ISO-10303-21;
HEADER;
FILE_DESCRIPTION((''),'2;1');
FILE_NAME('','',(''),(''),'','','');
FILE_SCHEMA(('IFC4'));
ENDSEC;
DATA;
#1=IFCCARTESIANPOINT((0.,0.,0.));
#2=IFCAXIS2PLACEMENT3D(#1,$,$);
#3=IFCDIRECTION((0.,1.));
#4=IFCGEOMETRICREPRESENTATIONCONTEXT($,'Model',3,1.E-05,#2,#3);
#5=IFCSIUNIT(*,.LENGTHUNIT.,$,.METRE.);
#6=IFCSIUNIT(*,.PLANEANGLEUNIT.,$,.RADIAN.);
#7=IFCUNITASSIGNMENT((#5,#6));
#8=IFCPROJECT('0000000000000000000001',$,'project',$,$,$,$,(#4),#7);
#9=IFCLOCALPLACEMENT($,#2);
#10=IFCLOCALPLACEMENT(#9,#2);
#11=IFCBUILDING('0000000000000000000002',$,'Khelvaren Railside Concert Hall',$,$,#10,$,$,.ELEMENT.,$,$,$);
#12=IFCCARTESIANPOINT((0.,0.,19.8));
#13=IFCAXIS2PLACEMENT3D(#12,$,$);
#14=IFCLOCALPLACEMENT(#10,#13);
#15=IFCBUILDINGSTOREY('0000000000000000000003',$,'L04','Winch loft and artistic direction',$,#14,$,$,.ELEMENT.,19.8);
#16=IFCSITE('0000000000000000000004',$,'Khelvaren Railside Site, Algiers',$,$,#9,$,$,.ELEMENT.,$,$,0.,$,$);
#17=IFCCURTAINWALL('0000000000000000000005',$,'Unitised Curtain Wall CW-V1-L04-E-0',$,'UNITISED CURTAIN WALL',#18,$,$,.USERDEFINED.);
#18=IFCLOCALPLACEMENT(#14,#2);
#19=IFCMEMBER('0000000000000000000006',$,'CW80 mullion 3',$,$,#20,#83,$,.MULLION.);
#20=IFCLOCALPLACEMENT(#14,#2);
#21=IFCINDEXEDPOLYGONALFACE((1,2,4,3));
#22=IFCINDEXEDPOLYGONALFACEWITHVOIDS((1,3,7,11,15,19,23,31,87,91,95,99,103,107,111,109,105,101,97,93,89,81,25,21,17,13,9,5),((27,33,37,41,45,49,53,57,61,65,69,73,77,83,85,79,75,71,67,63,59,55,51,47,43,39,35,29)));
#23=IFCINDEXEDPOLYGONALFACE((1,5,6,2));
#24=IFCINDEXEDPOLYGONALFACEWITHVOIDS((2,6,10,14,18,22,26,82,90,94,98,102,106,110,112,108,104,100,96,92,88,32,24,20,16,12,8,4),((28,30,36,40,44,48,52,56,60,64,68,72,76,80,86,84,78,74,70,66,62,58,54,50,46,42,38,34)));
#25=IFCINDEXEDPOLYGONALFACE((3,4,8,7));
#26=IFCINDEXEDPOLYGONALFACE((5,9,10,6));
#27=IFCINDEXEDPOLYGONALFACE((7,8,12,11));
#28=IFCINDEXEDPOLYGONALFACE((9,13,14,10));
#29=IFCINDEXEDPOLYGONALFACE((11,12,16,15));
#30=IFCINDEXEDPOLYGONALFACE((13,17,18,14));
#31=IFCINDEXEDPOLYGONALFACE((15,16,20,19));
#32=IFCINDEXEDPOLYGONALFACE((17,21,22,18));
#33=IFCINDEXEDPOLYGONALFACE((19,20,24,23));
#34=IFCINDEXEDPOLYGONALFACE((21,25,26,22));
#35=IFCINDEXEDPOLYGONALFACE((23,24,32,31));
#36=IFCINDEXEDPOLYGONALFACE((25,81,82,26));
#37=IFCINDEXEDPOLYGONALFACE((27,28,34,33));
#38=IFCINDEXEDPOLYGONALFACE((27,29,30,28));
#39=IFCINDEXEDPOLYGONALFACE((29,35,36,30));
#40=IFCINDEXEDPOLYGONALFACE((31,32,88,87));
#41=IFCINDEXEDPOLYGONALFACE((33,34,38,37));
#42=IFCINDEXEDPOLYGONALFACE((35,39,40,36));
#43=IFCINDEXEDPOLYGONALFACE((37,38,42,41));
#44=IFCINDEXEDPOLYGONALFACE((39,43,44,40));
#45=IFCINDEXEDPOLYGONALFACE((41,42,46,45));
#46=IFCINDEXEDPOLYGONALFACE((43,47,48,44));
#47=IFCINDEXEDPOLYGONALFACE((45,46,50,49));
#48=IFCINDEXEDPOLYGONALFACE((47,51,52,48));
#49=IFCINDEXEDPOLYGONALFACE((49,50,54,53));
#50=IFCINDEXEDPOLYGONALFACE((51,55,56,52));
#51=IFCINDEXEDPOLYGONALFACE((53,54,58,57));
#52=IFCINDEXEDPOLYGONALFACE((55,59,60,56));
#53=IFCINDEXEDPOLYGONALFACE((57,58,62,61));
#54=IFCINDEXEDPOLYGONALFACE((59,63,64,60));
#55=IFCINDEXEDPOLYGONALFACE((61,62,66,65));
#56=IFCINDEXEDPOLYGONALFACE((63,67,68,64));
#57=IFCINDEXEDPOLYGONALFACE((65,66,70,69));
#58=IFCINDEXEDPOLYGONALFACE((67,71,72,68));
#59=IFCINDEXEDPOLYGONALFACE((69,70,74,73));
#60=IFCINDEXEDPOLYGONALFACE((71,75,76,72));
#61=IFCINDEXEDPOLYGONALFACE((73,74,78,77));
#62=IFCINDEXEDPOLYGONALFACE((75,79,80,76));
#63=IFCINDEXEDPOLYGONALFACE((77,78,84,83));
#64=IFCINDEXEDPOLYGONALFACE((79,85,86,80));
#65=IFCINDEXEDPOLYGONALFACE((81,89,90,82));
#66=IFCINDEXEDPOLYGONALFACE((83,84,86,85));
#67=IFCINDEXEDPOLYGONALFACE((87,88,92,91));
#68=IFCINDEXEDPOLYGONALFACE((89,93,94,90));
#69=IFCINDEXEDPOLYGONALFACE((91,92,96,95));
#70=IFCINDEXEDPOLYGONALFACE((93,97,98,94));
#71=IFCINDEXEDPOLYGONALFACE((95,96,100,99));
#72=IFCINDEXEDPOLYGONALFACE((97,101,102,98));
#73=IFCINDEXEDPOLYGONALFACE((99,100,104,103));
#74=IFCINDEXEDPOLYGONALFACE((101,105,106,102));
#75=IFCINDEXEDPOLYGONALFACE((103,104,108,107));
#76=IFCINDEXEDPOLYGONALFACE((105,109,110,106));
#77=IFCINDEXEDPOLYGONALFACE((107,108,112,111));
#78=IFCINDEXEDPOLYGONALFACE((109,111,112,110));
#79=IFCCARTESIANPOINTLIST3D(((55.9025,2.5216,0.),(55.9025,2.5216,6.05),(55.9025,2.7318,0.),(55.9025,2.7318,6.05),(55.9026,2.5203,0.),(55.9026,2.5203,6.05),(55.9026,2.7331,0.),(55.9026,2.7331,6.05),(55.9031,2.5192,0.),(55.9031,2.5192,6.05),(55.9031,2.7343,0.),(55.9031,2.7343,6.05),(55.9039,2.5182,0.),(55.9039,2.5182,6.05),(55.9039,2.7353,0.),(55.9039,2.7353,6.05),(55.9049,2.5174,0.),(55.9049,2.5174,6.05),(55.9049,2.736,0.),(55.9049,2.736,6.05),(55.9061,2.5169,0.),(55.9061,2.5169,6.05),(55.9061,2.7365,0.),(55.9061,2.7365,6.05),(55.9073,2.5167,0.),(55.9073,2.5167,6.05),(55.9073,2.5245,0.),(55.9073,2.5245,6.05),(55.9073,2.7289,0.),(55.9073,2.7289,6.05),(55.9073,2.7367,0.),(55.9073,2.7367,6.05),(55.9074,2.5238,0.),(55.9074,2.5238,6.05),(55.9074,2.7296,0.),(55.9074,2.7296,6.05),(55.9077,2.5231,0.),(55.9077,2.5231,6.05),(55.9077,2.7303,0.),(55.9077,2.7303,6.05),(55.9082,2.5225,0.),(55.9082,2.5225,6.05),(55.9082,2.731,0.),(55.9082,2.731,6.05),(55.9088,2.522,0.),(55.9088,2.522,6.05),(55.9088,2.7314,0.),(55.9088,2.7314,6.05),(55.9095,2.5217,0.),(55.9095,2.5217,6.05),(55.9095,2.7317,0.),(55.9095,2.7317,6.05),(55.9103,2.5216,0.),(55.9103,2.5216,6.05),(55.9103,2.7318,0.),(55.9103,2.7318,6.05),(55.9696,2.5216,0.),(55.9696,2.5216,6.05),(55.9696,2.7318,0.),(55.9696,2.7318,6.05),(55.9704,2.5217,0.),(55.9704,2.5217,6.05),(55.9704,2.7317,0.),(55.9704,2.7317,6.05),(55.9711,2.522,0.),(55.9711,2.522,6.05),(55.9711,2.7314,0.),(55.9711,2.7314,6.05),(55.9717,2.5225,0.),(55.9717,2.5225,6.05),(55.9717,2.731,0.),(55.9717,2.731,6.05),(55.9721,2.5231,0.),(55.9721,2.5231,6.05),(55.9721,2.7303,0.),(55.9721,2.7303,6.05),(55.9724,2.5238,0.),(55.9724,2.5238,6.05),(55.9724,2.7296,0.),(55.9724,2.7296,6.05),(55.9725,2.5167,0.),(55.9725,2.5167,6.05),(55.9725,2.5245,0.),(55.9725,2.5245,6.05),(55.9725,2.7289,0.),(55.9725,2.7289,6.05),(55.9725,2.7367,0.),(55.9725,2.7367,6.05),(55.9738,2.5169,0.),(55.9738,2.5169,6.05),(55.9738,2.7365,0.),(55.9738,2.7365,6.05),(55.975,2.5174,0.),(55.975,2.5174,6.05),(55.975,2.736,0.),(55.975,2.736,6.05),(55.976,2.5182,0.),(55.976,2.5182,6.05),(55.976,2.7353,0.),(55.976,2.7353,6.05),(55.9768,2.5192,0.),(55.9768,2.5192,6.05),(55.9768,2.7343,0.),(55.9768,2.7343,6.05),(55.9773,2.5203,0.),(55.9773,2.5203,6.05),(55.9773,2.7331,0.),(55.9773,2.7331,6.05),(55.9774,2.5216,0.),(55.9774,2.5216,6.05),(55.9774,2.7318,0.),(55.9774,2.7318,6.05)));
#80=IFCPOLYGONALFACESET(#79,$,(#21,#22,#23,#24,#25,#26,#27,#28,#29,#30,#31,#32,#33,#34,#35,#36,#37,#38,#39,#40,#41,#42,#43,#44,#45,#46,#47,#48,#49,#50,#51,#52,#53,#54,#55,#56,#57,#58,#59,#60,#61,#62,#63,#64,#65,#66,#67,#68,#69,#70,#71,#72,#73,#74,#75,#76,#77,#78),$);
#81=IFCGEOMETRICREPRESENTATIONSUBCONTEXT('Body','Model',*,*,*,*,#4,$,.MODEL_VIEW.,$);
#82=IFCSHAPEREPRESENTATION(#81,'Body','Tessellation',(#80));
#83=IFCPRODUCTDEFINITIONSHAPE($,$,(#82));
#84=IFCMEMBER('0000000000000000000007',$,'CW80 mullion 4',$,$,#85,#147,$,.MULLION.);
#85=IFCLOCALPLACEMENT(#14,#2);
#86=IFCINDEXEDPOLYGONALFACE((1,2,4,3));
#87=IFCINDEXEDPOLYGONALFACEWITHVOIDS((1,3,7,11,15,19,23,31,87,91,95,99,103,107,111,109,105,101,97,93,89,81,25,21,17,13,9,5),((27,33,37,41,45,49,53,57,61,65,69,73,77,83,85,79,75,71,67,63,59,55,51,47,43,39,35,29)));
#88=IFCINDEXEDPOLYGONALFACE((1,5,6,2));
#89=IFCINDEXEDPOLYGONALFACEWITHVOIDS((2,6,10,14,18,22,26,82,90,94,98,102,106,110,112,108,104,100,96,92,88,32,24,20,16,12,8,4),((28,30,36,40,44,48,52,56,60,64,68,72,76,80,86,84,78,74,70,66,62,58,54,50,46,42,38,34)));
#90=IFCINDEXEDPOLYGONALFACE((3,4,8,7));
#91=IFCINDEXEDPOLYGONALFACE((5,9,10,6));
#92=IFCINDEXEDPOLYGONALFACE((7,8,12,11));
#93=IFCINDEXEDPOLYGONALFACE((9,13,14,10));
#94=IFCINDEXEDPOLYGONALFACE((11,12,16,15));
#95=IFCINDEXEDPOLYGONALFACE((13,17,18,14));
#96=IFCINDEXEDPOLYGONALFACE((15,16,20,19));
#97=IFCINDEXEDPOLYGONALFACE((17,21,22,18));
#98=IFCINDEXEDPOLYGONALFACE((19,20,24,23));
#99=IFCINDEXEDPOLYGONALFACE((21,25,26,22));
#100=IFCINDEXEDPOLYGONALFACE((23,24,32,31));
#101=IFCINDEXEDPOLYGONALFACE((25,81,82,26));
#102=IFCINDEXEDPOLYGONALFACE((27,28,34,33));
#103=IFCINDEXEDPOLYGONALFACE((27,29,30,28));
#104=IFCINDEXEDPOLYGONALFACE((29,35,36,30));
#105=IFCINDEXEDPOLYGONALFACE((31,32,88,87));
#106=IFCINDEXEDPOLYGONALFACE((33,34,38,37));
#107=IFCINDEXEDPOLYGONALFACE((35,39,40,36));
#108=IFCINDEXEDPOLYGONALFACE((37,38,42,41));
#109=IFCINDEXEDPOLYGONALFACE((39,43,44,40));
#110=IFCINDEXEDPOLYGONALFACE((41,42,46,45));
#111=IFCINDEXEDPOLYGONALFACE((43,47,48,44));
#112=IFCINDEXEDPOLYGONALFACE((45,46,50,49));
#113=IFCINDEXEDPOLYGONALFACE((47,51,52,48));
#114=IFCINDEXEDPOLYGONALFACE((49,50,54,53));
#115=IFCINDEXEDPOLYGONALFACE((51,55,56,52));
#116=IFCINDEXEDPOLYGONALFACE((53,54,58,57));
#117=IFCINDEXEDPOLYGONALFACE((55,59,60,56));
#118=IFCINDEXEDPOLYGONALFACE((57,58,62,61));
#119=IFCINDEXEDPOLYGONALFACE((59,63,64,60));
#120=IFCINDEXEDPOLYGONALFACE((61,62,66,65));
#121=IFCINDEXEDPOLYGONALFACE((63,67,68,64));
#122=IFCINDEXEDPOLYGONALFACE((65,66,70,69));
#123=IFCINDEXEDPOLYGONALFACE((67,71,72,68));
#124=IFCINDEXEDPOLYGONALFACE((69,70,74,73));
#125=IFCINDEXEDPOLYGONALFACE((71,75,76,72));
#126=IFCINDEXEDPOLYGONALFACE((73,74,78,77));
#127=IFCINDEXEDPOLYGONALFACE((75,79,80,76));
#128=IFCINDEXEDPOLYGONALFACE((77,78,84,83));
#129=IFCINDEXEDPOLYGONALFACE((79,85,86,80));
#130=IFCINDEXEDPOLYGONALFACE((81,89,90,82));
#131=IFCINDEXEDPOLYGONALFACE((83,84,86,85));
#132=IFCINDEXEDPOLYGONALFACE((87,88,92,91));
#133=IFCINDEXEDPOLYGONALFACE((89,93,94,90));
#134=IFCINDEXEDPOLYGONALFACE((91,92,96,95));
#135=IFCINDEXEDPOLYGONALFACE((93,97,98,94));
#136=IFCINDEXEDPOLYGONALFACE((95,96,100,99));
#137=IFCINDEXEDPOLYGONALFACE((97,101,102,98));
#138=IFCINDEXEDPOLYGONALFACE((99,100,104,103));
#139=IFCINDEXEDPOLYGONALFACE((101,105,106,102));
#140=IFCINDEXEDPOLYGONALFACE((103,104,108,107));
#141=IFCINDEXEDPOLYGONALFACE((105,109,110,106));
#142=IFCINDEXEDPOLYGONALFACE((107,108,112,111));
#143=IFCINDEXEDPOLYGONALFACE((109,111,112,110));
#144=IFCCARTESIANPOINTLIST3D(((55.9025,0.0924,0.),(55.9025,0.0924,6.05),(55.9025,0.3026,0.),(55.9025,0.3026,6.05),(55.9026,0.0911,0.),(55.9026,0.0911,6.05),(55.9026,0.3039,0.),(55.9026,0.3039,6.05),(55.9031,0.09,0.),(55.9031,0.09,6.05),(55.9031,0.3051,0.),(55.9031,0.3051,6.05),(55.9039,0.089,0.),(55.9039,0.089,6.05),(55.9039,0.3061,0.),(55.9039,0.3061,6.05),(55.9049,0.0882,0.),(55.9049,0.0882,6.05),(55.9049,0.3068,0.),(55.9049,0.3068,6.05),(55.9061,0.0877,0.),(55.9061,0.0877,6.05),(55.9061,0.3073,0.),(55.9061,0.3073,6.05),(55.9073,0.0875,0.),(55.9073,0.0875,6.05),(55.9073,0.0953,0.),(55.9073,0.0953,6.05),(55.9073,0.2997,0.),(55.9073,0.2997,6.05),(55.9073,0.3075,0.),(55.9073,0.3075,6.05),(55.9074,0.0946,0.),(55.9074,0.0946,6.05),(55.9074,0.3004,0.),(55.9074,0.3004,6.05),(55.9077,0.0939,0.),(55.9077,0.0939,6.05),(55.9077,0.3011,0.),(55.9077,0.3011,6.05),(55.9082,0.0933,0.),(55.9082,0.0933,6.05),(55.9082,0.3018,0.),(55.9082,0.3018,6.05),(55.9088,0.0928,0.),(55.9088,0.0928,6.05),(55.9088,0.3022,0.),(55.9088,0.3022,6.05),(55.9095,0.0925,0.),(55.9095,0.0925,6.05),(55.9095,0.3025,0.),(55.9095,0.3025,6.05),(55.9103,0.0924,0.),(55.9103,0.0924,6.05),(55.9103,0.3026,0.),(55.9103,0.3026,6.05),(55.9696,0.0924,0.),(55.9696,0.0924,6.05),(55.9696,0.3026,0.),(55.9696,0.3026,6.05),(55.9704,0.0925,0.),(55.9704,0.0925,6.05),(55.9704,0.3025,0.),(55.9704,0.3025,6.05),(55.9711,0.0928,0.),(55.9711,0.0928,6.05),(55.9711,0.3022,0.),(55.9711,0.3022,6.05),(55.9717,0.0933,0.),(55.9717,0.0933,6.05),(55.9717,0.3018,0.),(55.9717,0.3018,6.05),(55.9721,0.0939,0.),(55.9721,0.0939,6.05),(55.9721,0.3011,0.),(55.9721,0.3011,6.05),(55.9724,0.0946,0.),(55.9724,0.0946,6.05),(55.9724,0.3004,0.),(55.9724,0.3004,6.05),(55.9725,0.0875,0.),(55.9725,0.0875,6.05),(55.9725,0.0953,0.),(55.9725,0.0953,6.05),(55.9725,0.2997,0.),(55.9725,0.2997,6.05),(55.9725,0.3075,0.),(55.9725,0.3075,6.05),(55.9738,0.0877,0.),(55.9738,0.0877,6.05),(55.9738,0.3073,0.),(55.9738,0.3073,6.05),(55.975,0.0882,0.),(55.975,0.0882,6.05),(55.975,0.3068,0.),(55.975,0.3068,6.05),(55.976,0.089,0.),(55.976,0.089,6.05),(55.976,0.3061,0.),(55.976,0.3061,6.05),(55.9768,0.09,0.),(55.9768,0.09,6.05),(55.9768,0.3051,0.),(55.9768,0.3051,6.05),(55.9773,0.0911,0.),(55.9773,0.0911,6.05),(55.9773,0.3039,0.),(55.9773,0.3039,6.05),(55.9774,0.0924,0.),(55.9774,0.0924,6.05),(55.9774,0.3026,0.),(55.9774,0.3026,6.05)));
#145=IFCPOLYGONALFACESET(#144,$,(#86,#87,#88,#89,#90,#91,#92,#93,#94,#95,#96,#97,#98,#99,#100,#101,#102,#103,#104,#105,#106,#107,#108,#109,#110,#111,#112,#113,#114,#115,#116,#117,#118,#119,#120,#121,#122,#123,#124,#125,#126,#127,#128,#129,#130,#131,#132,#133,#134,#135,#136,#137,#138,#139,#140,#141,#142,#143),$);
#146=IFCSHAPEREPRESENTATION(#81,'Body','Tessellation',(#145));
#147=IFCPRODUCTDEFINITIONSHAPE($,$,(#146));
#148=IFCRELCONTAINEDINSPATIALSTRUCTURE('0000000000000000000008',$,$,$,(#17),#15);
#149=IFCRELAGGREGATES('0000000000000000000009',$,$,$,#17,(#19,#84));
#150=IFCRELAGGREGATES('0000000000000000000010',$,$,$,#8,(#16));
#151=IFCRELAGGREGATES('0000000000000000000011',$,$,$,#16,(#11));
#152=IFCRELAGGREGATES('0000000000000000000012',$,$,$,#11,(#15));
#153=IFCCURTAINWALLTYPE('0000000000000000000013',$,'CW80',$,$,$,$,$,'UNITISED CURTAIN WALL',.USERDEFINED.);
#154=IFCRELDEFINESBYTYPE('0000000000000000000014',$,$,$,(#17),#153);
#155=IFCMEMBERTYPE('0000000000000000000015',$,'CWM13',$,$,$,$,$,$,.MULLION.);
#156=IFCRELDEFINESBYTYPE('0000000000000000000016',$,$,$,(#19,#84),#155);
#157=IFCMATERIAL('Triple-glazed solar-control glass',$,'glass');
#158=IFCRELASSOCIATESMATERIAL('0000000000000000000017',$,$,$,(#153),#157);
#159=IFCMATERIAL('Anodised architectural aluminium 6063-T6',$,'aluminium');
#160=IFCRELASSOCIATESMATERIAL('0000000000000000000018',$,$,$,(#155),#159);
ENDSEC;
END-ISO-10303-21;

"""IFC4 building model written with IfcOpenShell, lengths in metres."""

from ifc_helpers import new_model, si_unit, direction, frame, origin, origin_2d, place, context, subcontext, project, spatial, hollow_rectangle, extrude, material, material_profile, profile_set, type_object, element, aggregate, save


model = new_model("IFC4")

# Units and contexts
model_context = context("Model", 3, precision=1e-05, world=origin(), true_north=direction((0.0, 1.0)))
body_context = subcontext(model_context, "Body", "Model", "MODEL_VIEW")
ifc_project = project(units=[si_unit("LENGTHUNIT", "METRE"), si_unit("PLANEANGLEUNIT", "RADIAN")], contexts=[model_context])

# Site, building, storey
site_placement = place(None, origin())
site = spatial("IfcSite", under=ifc_project, at=site_placement, Name="Khelvaren Railside Site, Algiers", CompositionType="ELEMENT", RefElevation=0.0)
building_placement = place(site_placement, origin())
building = spatial("IfcBuilding", under=site, at=building_placement, Name="Khelvaren Railside Concert Hall", CompositionType="ELEMENT")
storey_placement = place(building_placement, frame((0.0, 0.0, 19.8)))
storey = spatial("IfcBuildingStorey", under=building, at=storey_placement, Name="L04", Description="Winch loft and artistic direction", CompositionType="ELEMENT", Elevation=19.8)

# Curtain wall, members
ifc_material_1 = material(Name="Triple-glazed solar-control glass", Category="glass")
curtain_wall_type = type_object("IfcCurtainWallType", Name="CW80", ElementType="UNITISED CURTAIN WALL", PredefinedType="USERDEFINED", material=ifc_material_1)
curtain_wall_placement = place(storey_placement, origin())
curtain_wall = element("IfcCurtainWall", 1, at=curtain_wall_placement, inside=storey, type_object=curtain_wall_type, Name="Unitised Curtain Wall CW-V1-L04-E-0", ObjectType="UNITISED CURTAIN WALL", PredefinedType="USERDEFINED")
ifc_material_2 = material(Name="Anodised architectural aluminium 6063-T6", Category="aluminium")
ifc_material_profile_1 = material_profile(ifc_material_2, hollow_rectangle(XDim=0.075, YDim=0.22, WallThickness=0.0049, InnerFilletRadius=0.0029, OuterFilletRadius=0.0049, at=origin_2d()), Name="CWM 75x220x5")
ifc_profile_set_1 = profile_set([ifc_material_profile_1], Name="Anodised architectural aluminium 6063-T6")
member_type_1 = type_object("IfcMemberType", Name="CWM13", PredefinedType="MULLION", material=ifc_profile_set_1)
member_1_placement = place(storey_placement, frame((55.9399, 2.6267, 0.0), z_axis=(0.0, 0.0, 1.0), x_axis=(1.0, 0.0, 0.0)))
member_1 = element("IfcMember", 2, at=member_1_placement, type_object=member_type_1, Name="CW80 mullion 3", PredefinedType="MULLION", context=body_context, shape_type="SweptSolid", body=[
    extrude(hollow_rectangle(XDim=0.075, YDim=0.22, WallThickness=0.0049, InnerFilletRadius=0.0029, OuterFilletRadius=0.0049, at=origin_2d()), origin(), (0.0, 0.0, 1.0), 6.05),
])
member_2_placement = place(storey_placement, frame((55.9399, 0.1975, 0.0), z_axis=(0.0, 0.0, 1.0), x_axis=(1.0, 0.0, 0.0)))
member_2 = element("IfcMember", 3, at=member_2_placement, type_object=member_type_1, Name="CW80 mullion 4", PredefinedType="MULLION", context=body_context, shape_type="SweptSolid", body=[
    extrude(hollow_rectangle(XDim=0.075, YDim=0.22, WallThickness=0.0049, InnerFilletRadius=0.0029, OuterFilletRadius=0.0049, at=origin_2d()), origin(), (0.0, 0.0, 1.0), 6.05),
])

aggregate(curtain_wall, [member_1, member_2])

save(model, "model.ifc")
